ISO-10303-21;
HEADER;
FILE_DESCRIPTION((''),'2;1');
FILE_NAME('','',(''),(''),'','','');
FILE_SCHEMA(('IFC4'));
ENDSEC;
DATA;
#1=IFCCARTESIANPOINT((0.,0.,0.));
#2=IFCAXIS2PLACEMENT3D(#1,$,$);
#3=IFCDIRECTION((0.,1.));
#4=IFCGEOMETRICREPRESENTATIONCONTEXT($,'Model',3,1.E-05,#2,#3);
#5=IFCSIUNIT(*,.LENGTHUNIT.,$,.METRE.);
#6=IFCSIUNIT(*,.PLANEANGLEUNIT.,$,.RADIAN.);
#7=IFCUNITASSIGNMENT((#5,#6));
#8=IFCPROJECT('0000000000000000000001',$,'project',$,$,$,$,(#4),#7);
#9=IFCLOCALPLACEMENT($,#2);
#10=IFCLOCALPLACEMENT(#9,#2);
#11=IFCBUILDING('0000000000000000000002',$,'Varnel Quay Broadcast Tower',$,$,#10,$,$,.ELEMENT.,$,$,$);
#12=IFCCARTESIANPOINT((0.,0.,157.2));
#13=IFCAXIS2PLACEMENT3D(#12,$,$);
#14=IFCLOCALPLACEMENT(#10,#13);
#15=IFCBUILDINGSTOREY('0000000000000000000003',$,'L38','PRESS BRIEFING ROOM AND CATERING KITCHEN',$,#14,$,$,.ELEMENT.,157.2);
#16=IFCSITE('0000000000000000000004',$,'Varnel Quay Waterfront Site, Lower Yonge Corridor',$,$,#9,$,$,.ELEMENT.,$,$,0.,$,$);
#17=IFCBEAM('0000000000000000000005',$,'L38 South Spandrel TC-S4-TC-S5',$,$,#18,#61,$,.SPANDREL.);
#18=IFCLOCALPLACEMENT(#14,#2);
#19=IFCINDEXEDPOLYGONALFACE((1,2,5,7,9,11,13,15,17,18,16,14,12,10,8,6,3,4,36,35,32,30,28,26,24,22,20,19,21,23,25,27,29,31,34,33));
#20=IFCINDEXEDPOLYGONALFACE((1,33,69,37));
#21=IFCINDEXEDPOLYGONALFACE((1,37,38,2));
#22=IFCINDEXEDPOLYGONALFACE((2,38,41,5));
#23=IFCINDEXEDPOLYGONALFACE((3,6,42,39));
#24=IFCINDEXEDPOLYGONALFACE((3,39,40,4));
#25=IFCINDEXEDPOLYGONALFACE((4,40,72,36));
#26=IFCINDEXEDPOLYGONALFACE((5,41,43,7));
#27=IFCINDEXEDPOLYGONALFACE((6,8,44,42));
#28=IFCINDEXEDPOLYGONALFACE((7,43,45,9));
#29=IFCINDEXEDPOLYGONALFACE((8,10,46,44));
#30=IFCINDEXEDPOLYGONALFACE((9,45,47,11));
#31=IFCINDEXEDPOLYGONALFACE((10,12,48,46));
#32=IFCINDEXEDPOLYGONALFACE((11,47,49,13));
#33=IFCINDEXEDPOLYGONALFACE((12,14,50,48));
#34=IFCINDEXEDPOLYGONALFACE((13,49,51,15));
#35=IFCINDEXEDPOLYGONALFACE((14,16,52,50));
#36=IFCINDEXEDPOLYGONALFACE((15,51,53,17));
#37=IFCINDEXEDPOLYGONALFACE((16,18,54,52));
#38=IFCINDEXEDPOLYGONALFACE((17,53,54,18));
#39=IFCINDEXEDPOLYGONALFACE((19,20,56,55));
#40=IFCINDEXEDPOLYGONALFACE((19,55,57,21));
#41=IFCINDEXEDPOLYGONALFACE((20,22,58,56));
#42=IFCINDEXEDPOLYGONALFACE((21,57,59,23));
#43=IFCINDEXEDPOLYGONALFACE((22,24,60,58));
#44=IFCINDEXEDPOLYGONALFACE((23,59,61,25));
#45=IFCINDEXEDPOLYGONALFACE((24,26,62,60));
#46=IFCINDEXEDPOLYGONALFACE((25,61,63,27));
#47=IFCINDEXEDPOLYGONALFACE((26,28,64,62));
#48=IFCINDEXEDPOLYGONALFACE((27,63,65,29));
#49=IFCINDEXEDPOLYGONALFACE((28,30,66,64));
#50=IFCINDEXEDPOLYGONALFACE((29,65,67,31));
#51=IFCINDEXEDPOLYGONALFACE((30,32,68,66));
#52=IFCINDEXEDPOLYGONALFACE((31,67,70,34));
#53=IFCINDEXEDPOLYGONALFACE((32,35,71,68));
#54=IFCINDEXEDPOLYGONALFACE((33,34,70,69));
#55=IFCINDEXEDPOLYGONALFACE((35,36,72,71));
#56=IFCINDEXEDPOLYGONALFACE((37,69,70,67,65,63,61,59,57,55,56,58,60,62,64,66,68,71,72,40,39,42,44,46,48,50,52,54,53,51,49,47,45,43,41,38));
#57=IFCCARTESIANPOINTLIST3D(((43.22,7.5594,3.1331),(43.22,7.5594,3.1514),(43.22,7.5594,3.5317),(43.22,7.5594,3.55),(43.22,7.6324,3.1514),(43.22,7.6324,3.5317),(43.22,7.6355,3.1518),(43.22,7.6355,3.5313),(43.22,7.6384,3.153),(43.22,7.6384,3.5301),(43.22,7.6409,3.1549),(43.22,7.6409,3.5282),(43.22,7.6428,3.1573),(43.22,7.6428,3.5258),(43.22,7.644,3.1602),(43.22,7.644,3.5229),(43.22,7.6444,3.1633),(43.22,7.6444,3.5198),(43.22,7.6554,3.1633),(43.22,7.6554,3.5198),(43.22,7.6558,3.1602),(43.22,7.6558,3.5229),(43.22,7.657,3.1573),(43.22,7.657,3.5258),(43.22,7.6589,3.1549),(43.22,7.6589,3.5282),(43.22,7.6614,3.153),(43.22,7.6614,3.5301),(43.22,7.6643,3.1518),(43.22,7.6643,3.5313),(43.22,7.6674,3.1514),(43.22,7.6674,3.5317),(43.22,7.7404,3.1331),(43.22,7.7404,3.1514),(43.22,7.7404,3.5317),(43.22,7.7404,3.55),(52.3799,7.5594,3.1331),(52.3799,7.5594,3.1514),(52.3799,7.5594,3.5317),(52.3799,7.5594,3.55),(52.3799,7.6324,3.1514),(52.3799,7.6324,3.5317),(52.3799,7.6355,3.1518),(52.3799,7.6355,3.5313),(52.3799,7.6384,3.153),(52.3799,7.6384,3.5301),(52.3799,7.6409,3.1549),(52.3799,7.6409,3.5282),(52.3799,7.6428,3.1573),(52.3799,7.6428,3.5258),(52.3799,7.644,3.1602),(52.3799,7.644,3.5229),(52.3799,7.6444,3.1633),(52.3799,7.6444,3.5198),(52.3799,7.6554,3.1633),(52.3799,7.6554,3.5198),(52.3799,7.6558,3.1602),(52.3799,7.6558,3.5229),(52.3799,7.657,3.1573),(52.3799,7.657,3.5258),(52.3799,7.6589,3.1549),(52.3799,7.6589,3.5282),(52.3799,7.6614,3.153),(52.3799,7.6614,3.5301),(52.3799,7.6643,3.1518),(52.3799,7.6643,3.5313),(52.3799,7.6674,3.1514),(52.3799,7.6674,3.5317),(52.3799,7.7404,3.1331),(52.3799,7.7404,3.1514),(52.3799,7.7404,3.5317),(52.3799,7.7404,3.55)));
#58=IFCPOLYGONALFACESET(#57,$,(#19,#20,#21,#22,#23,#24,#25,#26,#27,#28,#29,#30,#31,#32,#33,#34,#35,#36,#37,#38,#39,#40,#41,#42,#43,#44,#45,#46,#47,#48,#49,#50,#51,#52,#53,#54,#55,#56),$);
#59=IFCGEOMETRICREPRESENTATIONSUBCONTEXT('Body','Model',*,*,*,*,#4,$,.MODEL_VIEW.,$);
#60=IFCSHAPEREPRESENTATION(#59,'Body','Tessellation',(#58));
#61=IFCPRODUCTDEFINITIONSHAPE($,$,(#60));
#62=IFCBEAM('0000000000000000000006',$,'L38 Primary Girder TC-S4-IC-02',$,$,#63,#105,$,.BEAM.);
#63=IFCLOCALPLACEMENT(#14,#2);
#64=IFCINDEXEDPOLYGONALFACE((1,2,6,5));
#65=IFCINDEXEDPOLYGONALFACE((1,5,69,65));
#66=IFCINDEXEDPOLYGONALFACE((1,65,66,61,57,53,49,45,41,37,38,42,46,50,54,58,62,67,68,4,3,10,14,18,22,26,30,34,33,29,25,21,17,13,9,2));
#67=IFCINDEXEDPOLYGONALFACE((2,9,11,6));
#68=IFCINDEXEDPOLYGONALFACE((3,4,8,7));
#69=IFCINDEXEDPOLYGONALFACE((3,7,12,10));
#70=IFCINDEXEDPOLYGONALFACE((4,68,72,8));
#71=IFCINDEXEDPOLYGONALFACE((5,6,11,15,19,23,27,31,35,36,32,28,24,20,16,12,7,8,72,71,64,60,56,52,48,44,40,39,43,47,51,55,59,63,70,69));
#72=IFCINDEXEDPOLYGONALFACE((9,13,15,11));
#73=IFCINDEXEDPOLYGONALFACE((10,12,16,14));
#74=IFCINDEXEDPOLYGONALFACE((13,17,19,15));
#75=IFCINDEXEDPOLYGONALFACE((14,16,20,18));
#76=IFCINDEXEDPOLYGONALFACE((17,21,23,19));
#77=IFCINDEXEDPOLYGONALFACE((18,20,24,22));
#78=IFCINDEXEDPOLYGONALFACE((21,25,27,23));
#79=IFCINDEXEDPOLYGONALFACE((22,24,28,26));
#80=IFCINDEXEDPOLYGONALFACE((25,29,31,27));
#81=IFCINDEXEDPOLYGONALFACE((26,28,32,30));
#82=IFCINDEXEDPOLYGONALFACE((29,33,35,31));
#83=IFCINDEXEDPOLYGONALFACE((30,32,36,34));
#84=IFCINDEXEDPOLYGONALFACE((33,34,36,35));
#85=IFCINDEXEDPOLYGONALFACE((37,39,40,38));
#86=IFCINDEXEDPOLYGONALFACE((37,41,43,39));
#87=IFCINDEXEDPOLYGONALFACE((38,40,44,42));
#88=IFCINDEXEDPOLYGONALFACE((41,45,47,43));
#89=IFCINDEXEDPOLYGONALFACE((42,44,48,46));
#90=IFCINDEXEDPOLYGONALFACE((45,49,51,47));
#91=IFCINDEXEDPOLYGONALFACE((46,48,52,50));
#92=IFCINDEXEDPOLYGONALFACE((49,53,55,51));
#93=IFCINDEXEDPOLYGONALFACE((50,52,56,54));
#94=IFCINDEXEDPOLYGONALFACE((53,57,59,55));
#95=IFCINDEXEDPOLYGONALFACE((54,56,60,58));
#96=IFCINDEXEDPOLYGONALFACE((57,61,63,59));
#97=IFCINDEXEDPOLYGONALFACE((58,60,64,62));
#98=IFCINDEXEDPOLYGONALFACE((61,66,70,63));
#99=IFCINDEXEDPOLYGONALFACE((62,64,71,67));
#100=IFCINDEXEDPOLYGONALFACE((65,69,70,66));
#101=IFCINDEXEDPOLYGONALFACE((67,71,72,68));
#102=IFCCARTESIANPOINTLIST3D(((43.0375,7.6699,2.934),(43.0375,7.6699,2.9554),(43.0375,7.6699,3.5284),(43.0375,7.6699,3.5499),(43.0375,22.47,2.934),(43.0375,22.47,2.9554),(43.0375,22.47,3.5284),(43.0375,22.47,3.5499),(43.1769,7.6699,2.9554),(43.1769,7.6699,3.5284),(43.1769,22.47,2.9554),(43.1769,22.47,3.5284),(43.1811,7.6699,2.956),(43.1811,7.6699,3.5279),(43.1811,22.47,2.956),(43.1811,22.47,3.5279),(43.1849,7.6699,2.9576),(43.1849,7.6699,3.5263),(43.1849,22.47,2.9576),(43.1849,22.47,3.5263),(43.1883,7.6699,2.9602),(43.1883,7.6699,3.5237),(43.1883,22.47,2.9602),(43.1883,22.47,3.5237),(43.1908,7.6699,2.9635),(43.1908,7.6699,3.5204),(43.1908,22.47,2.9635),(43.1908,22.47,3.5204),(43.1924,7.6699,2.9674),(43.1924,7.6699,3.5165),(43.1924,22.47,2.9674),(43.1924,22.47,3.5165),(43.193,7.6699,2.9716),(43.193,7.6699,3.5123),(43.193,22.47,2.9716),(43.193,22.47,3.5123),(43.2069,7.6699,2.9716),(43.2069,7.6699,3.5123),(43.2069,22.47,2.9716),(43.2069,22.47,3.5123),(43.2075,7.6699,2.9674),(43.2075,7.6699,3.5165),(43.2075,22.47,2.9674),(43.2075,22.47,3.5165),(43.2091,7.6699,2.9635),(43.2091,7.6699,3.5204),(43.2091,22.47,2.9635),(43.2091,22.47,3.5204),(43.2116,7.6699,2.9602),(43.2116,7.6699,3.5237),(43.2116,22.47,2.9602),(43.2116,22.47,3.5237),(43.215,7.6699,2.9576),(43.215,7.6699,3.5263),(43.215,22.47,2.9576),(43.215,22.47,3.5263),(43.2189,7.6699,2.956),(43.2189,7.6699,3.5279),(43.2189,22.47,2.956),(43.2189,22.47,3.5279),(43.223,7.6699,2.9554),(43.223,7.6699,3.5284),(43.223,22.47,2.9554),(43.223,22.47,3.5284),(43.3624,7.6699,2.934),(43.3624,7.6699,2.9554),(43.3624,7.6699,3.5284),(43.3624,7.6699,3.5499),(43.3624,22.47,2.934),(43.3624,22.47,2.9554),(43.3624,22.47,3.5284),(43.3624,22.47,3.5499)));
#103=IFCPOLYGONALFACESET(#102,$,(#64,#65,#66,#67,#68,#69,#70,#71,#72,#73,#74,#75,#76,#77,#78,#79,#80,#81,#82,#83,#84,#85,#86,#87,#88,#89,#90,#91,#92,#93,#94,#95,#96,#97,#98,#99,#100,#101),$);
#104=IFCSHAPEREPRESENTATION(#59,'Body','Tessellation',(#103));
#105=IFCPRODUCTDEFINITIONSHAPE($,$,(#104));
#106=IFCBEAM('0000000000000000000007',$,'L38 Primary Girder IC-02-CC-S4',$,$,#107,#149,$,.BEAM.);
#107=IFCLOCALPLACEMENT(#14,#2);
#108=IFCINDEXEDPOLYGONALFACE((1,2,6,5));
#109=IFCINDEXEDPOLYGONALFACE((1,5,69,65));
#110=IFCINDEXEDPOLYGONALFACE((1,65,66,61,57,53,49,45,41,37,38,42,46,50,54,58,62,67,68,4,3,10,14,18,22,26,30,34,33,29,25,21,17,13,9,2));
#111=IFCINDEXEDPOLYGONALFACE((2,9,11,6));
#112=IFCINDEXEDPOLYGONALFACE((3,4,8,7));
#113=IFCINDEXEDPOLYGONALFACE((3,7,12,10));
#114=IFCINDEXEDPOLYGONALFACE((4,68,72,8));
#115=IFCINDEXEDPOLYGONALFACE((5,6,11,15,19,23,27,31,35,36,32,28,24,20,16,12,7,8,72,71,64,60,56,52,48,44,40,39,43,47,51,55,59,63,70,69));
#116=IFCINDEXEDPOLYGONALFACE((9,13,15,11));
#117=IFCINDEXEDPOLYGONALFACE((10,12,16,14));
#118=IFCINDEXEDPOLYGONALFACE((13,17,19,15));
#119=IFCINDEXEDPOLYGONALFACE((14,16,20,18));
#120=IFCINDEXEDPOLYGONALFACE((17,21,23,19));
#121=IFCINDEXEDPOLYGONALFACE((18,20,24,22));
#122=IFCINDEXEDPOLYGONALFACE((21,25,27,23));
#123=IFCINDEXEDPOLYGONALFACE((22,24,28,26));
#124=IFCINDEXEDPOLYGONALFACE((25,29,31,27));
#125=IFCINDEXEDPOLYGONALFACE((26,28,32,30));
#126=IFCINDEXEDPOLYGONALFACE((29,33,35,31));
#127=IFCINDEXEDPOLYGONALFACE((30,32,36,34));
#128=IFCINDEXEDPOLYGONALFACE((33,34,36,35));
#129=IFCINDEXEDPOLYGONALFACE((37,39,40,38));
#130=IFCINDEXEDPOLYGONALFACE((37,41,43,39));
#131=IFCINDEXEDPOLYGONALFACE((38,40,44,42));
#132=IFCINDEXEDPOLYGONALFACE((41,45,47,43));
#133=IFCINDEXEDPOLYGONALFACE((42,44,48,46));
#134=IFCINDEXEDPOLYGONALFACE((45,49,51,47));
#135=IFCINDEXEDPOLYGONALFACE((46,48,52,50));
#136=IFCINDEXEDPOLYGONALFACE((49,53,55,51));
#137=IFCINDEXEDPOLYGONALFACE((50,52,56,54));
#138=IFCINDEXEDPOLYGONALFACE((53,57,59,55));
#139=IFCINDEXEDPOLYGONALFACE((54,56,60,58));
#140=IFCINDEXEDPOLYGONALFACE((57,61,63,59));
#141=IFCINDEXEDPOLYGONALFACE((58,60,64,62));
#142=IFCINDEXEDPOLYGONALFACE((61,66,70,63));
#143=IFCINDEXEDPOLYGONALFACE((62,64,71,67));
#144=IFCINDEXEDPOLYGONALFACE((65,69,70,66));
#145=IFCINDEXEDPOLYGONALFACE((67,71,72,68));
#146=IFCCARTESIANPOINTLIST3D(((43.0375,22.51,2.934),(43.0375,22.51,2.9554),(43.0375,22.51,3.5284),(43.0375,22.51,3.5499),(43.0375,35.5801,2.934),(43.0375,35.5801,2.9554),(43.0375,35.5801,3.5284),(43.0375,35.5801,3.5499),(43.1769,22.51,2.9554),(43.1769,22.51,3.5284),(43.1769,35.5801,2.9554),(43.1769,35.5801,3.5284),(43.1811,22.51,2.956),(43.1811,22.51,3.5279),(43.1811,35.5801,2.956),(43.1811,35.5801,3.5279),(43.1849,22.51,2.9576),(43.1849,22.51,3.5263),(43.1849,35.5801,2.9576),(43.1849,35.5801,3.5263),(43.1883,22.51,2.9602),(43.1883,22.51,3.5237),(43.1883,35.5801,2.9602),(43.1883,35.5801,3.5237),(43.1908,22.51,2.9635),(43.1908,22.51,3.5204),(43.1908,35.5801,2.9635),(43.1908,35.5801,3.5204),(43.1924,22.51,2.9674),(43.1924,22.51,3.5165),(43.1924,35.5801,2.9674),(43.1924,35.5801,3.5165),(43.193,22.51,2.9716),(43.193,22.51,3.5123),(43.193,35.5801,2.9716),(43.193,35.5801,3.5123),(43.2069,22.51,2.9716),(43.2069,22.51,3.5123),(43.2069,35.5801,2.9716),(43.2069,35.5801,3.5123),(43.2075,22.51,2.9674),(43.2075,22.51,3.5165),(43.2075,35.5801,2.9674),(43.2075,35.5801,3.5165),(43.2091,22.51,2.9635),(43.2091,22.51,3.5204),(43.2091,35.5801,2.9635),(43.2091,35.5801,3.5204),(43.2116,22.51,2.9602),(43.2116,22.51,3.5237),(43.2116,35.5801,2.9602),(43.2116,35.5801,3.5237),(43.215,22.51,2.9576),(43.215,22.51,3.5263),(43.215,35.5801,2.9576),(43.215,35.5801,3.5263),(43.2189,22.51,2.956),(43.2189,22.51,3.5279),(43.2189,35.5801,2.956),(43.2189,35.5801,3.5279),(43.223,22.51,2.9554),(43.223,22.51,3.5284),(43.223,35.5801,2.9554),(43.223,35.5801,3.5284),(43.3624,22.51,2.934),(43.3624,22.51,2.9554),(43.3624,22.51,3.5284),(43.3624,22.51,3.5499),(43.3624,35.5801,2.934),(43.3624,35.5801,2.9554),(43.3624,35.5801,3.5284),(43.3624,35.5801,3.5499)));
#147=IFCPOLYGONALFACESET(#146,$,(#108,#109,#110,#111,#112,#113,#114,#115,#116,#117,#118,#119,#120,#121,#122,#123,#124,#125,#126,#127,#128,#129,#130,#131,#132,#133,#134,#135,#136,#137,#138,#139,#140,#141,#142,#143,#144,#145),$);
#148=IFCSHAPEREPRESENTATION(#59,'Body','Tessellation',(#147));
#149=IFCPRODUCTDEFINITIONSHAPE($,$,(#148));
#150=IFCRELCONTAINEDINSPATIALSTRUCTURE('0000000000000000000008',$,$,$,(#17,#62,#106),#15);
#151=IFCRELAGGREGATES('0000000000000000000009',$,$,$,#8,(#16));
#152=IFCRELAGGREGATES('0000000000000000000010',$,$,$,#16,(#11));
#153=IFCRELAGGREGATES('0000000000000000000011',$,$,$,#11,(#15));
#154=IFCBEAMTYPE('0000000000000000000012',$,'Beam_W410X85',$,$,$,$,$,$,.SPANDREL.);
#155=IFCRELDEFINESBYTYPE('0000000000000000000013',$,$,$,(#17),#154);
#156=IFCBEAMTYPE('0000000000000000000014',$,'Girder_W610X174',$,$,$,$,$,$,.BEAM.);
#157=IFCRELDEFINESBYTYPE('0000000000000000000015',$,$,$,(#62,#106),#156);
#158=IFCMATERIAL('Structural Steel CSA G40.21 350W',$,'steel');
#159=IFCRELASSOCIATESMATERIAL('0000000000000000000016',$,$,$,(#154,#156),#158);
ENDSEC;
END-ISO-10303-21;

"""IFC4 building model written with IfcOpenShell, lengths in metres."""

from ifc_helpers import new_model, si_unit, direction, frame, origin, origin_2d, place, context, subcontext, project, spatial, i_section, extrude, source, transform, mapped, material, material_profile, profile_set, type_object, type_shapes, element, save


model = new_model("IFC4")

# Units and contexts
model_context = context("Model", 3, precision=1e-05, world=origin(), true_north=direction((0.0, 1.0)))
body_context = subcontext(model_context, "Body", "Model", "MODEL_VIEW")
ifc_project = project(units=[si_unit("LENGTHUNIT", "METRE"), si_unit("PLANEANGLEUNIT", "RADIAN")], contexts=[model_context])

# Site, building, storey
site_placement = place(None, origin())
site = spatial("IfcSite", under=ifc_project, at=site_placement, Name="Varnel Quay Waterfront Site, Lower Yonge Corridor", CompositionType="ELEMENT", RefElevation=0.0)
building_placement = place(site_placement, origin())
building = spatial("IfcBuilding", under=site, at=building_placement, Name="Varnel Quay Broadcast Tower", CompositionType="ELEMENT")
storey_placement = place(building_placement, frame((0.0, 0.0, 157.2)))
storey = spatial("IfcBuildingStorey", under=building, at=storey_placement, Name="L38", Description="PRESS BRIEFING ROOM AND CATERING KITCHEN", CompositionType="ELEMENT", Elevation=157.2)

# Shared definitions
ifc_material_1 = material(Name="Structural Steel CSA G40.21 350W", Category="steel")

# Beams
ifc_material_profile_1 = material_profile(ifc_material_1, i_section(OverallWidth=0.1809, OverallDepth=0.417, WebThickness=0.011, FlangeThickness=0.0183, FilletRadius=0.012, at=origin_2d()), Name="W410X85")
ifc_profile_set_1 = profile_set([ifc_material_profile_1], Name="Structural Steel CSA G40.21 350W")
beam_type_1 = type_object("IfcBeamType", Name="Beam_W410X85", PredefinedType="SPANDREL", material=ifc_profile_set_1)
shared_shape_1 = source(origin(), body_context, "Body", "SweptSolid", [
    extrude(i_section(OverallWidth=0.1809, OverallDepth=0.417, WebThickness=0.011, FlangeThickness=0.0183, FilletRadius=0.012, at=origin_2d()), origin(), (0.0, 0.0, 1.0), 9.1599),
])
type_shapes(beam_type_1, [shared_shape_1])
for number, where, z_axis, x_axis, name in (
    (1, (43.22, 7.6499, 3.3416), (1.0, 0.0, 0.0), (0.0, 1.0, 0.0), "L38 South Spandrel TC-S4-TC-S5"),
):
    element("IfcBeam", number, at=place(storey_placement, frame(where, z_axis=z_axis, x_axis=x_axis)), inside=storey, type_object=beam_type_1, Name=name, PredefinedType="SPANDREL", context=body_context, shape_type="MappedRepresentation", body=[
        mapped(shared_shape_1, transform((0.0, 0.0, 0.0), x_axis=(1.0, 0.0, 0.0), y_axis=(0.0, 1.0, 0.0), z_axis=(0.0, 0.0, 1.0), scale=1.0)),
    ])
ifc_material_profile_2 = material_profile(ifc_material_1, i_section(OverallWidth=0.325, OverallDepth=0.616, WebThickness=0.0139, FlangeThickness=0.0215, FilletRadius=0.0161, at=origin_2d()), Name="W610X174")
ifc_profile_set_2 = profile_set([ifc_material_profile_2], Name="Structural Steel CSA G40.21 350W")
beam_type_2 = type_object("IfcBeamType", Name="Girder_W610X174", PredefinedType="BEAM", material=ifc_profile_set_2)
shared_shape_2 = source(origin(), body_context, "Body", "SweptSolid", [
    extrude(i_section(OverallWidth=0.325, OverallDepth=0.616, WebThickness=0.0139, FlangeThickness=0.0215, FilletRadius=0.0161, at=origin_2d()), origin(), (0.0, 0.0, 1.0), 14.8),
])
beam_1_placement = place(storey_placement, frame((43.2, 7.6699, 3.2419), z_axis=(0.0, 1.0, 0.0), x_axis=(-1.0, 0.0, 0.0)))
element("IfcBeam", 2, at=beam_1_placement, inside=storey, type_object=beam_type_2, Name="L38 Primary Girder TC-S4-IC-02", PredefinedType="BEAM", context=body_context, shape_type="MappedRepresentation", body=[
    mapped(shared_shape_2, transform((0.0, 0.0, 0.0), x_axis=(1.0, 0.0, 0.0), y_axis=(0.0, 1.0, 0.0), z_axis=(0.0, 0.0, 1.0), scale=1.0)),
])
shared_shape_3 = source(origin(), body_context, "Body", "SweptSolid", [
    extrude(i_section(OverallWidth=0.325, OverallDepth=0.616, WebThickness=0.0139, FlangeThickness=0.0215, FilletRadius=0.0161, at=origin_2d()), origin(), (0.0, 0.0, 1.0), 13.0701),
])
beam_2_placement = place(storey_placement, frame((43.2, 22.51, 3.2419), z_axis=(0.0, 1.0, 0.0), x_axis=(-1.0, 0.0, 0.0)))
element("IfcBeam", 3, at=beam_2_placement, inside=storey, type_object=beam_type_2, Name="L38 Primary Girder IC-02-CC-S4", PredefinedType="BEAM", context=body_context, shape_type="MappedRepresentation", body=[
    mapped(shared_shape_3, transform((0.0, 0.0, 0.0), x_axis=(1.0, 0.0, 0.0), y_axis=(0.0, 1.0, 0.0), z_axis=(0.0, 0.0, 1.0), scale=1.0)),
])

save(model, "model.ifc")
